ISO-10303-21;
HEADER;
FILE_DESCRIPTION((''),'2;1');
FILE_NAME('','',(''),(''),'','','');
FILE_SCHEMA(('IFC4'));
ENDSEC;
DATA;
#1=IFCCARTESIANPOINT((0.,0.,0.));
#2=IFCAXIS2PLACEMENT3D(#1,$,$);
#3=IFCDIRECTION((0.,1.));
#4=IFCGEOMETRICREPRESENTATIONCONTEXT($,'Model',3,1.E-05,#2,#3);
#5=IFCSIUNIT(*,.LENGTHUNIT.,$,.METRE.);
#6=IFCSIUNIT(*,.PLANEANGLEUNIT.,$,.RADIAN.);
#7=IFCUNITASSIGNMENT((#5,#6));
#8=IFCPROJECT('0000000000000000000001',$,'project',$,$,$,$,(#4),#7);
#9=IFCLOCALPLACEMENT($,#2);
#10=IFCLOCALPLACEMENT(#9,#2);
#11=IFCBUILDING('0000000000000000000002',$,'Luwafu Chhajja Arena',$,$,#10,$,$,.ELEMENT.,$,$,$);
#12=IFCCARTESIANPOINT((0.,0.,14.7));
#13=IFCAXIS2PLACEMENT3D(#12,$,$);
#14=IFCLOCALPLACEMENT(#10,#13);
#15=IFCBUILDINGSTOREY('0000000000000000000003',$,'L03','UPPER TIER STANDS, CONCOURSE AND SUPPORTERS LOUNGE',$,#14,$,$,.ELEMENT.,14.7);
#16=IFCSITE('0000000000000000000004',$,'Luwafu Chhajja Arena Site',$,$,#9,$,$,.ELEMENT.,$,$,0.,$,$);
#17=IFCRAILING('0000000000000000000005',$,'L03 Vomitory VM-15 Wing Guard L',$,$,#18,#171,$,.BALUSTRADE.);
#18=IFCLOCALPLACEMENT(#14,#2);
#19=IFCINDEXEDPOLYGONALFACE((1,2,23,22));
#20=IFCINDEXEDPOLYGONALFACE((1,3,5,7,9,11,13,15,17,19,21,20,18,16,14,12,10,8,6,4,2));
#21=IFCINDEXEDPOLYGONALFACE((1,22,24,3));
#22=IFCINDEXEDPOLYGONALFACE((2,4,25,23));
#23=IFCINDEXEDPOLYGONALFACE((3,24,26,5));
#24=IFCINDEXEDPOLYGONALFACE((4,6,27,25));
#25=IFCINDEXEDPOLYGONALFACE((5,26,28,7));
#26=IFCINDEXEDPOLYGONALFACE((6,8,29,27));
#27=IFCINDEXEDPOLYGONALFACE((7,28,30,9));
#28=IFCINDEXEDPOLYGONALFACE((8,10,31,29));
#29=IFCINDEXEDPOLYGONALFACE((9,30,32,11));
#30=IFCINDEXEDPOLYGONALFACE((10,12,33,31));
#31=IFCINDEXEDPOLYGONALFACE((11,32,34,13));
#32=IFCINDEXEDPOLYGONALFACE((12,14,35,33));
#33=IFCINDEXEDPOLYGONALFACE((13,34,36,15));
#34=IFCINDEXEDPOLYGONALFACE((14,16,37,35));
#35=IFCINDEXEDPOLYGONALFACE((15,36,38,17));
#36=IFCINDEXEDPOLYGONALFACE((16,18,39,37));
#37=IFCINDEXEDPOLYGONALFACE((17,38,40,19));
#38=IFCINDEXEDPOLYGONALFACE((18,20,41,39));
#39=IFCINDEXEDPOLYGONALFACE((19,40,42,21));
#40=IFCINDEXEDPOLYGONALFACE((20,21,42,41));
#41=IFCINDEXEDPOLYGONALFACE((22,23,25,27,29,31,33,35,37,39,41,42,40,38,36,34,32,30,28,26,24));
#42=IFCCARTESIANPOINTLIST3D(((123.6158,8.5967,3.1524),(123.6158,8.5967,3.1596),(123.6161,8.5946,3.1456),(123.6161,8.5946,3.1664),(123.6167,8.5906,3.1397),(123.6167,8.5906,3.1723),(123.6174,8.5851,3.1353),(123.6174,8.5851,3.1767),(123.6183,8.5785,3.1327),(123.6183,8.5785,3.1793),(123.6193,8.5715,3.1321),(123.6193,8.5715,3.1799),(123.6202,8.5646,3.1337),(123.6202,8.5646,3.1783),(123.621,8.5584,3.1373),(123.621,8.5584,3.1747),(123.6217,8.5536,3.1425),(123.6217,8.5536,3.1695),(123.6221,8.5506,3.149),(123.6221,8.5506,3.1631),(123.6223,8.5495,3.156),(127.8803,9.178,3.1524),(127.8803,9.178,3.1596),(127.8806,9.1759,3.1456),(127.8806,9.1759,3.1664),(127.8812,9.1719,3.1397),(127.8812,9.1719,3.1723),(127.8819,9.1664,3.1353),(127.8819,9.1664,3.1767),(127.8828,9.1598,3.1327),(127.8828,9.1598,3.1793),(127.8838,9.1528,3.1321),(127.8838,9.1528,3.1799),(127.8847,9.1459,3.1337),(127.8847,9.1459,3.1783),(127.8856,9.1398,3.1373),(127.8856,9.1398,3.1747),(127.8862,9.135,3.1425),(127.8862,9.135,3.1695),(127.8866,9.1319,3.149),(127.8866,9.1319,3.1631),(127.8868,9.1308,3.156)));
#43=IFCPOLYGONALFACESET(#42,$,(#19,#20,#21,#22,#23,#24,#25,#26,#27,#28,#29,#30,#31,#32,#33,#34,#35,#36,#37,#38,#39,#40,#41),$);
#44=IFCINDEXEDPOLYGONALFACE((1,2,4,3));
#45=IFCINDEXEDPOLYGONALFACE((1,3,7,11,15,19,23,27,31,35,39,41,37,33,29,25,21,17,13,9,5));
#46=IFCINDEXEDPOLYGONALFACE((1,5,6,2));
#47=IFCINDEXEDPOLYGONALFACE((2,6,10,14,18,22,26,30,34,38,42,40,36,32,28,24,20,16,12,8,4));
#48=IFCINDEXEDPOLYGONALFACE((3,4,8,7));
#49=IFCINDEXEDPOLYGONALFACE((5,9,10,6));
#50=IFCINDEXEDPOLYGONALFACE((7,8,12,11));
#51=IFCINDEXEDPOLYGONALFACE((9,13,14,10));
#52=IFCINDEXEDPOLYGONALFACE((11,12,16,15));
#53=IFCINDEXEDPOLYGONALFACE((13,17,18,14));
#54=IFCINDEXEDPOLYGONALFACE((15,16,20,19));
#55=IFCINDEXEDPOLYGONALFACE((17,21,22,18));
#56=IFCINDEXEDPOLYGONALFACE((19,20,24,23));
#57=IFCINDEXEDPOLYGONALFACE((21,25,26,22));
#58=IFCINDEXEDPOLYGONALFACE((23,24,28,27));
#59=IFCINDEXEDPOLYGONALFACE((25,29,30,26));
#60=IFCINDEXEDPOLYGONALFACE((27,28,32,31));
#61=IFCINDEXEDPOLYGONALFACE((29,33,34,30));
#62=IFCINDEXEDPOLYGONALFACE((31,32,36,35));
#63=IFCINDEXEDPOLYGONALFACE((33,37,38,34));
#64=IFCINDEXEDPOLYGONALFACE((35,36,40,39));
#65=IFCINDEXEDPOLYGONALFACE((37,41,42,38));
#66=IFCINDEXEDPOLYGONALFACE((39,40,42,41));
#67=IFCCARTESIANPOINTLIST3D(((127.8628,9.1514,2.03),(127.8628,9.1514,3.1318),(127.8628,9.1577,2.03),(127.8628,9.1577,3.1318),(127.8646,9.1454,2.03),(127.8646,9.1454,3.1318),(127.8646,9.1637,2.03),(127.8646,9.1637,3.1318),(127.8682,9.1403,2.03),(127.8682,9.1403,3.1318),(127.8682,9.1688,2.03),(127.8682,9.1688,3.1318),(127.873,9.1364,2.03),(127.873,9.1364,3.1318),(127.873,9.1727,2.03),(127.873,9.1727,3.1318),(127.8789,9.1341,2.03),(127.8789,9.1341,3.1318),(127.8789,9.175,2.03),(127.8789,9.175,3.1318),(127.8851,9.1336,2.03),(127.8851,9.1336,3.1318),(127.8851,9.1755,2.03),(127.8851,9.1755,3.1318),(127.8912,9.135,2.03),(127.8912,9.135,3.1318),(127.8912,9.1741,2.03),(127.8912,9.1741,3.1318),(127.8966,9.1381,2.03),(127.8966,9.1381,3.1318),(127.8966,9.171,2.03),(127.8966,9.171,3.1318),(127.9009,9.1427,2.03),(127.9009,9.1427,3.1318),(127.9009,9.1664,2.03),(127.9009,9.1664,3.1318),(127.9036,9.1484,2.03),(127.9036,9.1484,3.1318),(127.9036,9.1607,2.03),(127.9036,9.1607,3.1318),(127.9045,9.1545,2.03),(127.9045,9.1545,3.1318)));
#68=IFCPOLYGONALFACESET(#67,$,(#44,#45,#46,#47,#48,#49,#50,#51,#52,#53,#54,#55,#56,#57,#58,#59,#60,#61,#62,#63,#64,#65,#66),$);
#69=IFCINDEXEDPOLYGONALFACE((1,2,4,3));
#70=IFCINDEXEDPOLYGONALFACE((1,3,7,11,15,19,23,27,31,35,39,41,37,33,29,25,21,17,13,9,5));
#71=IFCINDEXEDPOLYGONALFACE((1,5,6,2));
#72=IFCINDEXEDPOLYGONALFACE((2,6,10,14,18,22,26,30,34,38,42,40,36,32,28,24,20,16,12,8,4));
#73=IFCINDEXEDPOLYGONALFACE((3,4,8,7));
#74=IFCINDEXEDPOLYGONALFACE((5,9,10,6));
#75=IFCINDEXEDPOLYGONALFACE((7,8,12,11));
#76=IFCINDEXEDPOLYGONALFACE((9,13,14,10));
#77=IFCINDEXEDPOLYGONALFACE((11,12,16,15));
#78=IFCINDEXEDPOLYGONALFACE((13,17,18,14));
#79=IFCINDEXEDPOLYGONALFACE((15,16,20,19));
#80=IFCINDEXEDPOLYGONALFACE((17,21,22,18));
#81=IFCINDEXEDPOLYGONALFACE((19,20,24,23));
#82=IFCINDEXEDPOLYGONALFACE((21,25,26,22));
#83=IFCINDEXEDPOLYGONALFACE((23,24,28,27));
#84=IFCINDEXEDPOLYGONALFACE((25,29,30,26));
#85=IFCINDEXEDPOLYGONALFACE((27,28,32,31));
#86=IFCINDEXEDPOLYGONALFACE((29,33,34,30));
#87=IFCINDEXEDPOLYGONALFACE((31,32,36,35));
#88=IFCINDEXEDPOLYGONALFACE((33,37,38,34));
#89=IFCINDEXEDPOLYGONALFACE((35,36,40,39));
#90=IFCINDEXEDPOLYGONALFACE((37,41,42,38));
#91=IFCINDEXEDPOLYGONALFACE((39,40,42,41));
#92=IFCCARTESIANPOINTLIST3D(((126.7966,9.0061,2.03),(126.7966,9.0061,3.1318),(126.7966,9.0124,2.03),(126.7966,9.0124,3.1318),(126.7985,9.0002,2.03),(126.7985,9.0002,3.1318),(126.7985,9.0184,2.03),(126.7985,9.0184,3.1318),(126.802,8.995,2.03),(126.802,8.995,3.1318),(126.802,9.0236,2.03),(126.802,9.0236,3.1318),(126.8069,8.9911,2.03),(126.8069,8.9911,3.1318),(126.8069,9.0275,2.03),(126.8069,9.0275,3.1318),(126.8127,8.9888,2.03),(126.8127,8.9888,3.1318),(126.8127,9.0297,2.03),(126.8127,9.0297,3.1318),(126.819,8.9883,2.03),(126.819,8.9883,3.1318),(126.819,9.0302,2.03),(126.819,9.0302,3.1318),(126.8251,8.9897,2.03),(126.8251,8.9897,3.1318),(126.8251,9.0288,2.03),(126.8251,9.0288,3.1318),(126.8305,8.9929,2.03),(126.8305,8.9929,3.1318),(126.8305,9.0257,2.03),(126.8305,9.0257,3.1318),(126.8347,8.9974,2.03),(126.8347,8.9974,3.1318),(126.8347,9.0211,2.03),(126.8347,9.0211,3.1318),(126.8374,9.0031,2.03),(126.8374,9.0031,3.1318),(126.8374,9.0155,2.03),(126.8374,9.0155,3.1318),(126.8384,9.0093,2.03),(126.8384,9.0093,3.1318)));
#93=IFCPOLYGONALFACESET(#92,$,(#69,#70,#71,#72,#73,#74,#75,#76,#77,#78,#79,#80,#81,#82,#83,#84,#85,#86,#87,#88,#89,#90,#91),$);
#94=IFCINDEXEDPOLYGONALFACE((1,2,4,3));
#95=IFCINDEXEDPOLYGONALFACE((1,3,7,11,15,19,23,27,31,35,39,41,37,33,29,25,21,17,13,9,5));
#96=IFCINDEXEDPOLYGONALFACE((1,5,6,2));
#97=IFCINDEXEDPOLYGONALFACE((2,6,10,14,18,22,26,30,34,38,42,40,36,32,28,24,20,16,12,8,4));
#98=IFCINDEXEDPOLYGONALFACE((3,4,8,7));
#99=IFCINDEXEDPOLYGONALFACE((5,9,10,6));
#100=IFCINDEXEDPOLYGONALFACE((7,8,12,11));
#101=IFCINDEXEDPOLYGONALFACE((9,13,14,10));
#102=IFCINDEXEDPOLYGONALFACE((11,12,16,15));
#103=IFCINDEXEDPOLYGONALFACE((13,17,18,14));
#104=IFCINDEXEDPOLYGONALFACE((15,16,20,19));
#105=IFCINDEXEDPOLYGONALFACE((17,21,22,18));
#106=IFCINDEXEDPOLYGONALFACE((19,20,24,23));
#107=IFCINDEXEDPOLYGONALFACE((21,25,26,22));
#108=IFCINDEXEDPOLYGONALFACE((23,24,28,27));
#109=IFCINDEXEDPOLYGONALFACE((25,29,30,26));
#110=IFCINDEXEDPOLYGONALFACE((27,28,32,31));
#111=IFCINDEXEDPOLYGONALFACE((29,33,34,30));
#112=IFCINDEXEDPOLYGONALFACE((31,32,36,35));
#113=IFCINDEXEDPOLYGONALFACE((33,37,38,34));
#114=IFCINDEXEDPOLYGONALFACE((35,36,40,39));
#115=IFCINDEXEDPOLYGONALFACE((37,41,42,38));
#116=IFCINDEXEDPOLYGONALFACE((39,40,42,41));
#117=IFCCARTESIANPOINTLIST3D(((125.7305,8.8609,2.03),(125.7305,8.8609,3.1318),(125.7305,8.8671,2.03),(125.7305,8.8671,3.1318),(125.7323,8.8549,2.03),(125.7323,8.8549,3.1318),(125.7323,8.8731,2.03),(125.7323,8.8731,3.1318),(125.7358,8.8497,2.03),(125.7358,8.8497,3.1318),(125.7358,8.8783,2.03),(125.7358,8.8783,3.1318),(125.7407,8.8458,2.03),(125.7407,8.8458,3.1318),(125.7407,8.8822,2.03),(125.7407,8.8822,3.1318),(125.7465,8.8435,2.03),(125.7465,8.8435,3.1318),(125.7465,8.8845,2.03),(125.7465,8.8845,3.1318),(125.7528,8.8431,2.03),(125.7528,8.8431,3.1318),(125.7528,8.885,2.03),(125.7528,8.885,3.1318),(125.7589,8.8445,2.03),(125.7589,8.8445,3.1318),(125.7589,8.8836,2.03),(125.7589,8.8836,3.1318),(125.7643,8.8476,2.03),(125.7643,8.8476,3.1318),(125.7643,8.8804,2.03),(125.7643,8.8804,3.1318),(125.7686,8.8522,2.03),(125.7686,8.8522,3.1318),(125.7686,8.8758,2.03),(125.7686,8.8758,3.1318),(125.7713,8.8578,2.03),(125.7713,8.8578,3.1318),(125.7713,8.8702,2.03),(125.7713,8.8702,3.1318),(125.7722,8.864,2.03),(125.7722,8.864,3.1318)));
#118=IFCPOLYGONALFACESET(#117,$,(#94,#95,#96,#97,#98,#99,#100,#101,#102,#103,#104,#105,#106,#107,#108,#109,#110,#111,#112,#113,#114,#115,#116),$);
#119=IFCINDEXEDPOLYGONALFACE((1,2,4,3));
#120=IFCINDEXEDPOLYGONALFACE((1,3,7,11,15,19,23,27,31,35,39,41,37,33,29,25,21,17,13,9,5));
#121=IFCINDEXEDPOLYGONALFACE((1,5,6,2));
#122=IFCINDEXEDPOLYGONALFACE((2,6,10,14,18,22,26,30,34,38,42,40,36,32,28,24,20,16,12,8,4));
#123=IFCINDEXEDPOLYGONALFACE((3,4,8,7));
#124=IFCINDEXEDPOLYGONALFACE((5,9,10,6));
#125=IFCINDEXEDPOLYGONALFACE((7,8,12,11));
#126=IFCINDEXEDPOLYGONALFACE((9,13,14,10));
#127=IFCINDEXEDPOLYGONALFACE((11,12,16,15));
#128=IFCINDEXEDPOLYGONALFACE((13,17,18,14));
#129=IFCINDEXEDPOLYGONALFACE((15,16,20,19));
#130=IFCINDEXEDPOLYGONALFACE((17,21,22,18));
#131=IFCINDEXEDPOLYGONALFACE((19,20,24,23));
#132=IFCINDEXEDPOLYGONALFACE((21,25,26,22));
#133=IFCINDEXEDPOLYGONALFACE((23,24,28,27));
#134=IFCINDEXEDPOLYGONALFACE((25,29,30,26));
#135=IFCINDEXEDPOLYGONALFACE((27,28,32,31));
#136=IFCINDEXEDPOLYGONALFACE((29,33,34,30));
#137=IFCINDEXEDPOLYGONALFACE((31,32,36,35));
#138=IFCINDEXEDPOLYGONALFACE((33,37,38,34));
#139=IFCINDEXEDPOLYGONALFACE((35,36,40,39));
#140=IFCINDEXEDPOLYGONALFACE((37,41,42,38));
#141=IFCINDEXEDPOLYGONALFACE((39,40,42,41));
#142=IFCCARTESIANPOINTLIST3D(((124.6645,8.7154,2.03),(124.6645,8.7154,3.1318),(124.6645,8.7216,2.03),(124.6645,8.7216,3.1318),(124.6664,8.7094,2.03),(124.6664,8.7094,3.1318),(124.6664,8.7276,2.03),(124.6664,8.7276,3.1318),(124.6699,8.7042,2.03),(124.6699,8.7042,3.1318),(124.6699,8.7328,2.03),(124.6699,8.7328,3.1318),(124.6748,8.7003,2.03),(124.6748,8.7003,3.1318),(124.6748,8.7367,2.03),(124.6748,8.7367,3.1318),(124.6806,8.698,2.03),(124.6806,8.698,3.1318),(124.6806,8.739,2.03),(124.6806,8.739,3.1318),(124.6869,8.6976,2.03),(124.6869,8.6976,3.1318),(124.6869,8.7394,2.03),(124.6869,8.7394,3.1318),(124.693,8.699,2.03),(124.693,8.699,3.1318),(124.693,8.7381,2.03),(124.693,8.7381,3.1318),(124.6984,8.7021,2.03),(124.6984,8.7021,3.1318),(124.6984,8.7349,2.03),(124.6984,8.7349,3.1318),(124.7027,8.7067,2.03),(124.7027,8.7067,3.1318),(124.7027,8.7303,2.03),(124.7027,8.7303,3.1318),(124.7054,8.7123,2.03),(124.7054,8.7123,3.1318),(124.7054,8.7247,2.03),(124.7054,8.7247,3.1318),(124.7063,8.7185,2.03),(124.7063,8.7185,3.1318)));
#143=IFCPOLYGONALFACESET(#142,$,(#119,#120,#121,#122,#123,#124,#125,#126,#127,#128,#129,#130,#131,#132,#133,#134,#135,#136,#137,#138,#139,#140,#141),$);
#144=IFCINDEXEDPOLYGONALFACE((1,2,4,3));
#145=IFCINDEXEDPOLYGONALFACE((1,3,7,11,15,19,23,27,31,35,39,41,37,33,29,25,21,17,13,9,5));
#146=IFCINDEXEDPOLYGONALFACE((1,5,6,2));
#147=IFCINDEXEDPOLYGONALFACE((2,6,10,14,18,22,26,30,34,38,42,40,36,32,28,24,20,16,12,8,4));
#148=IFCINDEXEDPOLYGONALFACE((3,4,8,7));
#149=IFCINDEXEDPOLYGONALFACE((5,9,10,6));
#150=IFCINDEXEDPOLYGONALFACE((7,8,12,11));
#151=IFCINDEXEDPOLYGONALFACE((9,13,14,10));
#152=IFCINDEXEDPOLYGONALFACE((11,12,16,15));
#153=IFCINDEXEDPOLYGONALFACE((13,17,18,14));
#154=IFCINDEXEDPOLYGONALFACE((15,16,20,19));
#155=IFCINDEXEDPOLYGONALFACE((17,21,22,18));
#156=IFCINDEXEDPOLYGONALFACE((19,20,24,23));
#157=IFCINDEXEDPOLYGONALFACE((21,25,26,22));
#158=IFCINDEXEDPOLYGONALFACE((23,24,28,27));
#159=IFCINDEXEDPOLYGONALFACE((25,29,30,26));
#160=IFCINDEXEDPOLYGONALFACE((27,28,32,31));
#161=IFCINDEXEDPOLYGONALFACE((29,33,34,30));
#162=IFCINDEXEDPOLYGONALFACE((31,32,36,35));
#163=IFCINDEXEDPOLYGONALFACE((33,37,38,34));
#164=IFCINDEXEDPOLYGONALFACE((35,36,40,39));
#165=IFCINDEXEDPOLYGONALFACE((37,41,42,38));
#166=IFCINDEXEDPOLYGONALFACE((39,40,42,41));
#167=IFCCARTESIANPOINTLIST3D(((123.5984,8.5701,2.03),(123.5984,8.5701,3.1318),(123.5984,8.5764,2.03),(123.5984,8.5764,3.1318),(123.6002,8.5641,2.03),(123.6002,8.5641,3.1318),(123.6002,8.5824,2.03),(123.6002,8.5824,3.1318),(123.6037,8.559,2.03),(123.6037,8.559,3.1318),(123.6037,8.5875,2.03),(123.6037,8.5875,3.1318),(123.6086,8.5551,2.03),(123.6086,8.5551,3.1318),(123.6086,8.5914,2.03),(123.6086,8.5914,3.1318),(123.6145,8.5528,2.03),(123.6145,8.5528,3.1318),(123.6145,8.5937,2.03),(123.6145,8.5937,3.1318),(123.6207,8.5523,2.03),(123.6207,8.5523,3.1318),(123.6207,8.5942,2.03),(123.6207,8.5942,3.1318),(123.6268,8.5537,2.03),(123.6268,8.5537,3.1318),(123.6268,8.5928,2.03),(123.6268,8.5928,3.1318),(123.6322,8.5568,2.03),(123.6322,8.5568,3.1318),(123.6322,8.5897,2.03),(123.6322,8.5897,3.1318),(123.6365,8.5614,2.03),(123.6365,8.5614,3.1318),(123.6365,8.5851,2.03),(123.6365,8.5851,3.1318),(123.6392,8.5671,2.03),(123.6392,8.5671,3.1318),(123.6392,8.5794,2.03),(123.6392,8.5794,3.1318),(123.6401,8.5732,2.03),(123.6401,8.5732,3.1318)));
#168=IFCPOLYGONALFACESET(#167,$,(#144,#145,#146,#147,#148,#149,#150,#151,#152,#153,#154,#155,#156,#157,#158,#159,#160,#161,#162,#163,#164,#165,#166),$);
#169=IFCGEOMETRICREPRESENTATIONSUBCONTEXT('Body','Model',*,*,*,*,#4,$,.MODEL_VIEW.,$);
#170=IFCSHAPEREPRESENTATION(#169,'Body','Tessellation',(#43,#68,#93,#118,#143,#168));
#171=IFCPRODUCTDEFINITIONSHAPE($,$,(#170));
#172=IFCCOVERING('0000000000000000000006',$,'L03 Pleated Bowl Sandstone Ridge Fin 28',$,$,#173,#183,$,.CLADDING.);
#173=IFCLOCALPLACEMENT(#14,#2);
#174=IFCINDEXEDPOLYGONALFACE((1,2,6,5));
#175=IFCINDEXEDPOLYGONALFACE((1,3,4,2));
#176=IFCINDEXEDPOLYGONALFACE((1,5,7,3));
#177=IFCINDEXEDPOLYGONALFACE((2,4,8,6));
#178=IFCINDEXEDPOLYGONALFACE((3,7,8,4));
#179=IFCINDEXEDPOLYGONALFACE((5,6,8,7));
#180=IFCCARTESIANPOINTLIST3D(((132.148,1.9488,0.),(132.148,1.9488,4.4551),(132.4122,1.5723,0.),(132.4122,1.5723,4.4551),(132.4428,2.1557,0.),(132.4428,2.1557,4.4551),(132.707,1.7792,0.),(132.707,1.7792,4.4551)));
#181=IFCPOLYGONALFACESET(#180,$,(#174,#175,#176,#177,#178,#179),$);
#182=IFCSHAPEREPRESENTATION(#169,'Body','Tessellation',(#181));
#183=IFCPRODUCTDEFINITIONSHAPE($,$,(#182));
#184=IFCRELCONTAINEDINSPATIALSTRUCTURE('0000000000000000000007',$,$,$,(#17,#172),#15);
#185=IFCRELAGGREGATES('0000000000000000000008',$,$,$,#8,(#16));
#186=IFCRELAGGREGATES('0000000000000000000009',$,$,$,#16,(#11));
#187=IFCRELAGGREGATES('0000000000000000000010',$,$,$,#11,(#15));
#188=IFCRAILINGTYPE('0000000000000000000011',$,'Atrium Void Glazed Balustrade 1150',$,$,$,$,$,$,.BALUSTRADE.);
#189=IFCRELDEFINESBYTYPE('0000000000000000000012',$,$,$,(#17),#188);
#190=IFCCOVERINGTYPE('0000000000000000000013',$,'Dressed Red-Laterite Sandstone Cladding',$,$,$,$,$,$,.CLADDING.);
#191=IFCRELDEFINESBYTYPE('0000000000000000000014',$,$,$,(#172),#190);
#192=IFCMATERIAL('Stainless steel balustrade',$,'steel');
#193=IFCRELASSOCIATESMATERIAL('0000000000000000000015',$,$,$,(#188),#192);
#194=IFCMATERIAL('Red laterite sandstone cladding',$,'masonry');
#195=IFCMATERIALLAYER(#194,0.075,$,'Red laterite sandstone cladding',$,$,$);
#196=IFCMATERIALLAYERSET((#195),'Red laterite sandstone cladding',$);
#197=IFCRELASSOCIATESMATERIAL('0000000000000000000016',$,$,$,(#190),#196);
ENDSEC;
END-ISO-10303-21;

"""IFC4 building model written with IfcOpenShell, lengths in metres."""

from ifc_helpers import new_model, si_unit, direction, frame, origin, origin_2d, place, context, subcontext, project, spatial, rectangle, circle, extrude, material, layer, layer_set, type_object, element, save


model = new_model("IFC4")

# Units and contexts
model_context = context("Model", 3, precision=1e-05, world=origin(), true_north=direction((0.0, 1.0)))
body_context = subcontext(model_context, "Body", "Model", "MODEL_VIEW")
ifc_project = project(units=[si_unit("LENGTHUNIT", "METRE"), si_unit("PLANEANGLEUNIT", "RADIAN")], contexts=[model_context])

# Site, building, storey
site_placement = place(None, origin())
site = spatial("IfcSite", under=ifc_project, at=site_placement, Name="Luwafu Chhajja Arena Site", CompositionType="ELEMENT", RefElevation=0.0)
building_placement = place(site_placement, origin())
building = spatial("IfcBuilding", under=site, at=building_placement, Name="Luwafu Chhajja Arena", CompositionType="ELEMENT")
storey_placement = place(building_placement, frame((0.0, 0.0, 14.7)))
storey = spatial("IfcBuildingStorey", under=building, at=storey_placement, Name="L03", Description="UPPER TIER STANDS, CONCOURSE AND SUPPORTERS LOUNGE", CompositionType="ELEMENT", Elevation=14.7)

# Railing
ifc_material_1 = material(Name="Stainless steel balustrade", Category="steel")
railing_type_1 = type_object("IfcRailingType", Name="Atrium Void Glazed Balustrade 1150", PredefinedType="BALUSTRADE", material=ifc_material_1)
railing_1_placement = place(storey_placement, frame((127.8835, 9.1545, 2.03)))
element("IfcRailing", 1, at=railing_1_placement, inside=storey, type_object=railing_type_1, Name="L03 Vomitory VM-15 Wing Guard L", PredefinedType="BALUSTRADE", context=body_context, shape_type="SweptSolid", body=[
    extrude(circle(Radius=0.0239, at=origin_2d()), frame((0.0, 0.0, 1.126), z_axis=(-0.990837, -0.135065, 0.0), x_axis=(0.135065, -0.990837, 0.0)), (0.0, 0.0, 1.0), 4.304),
    extrude(circle(Radius=0.021, at=origin_2d()), origin(), (0.0, 0.0, 1.0), 1.1018),
    extrude(circle(Radius=0.021, at=origin_2d()), frame((-1.0662, -0.1453, 0.0)), (0.0, 0.0, 1.0), 1.1018),
    extrude(circle(Radius=0.021, at=origin_2d()), frame((-2.1323, -0.2905, 0.0)), (0.0, 0.0, 1.0), 1.1018),
    extrude(circle(Radius=0.021, at=origin_2d()), frame((-3.1982, -0.436, 0.0)), (0.0, 0.0, 1.0), 1.1018),
    extrude(circle(Radius=0.021, at=origin_2d()), frame((-4.2644, -0.5813, 0.0)), (0.0, 0.0, 1.0), 1.1018),
])

# Covering
ifc_material_2 = material(Name="Red laterite sandstone cladding", Category="masonry")
ifc_layer_1 = layer(ifc_material_2, 0.075, Name="Red laterite sandstone cladding")
ifc_layer_set_1 = layer_set([ifc_layer_1], Name="Red laterite sandstone cladding")
covering_type = type_object("IfcCoveringType", Name="Dressed Red-Laterite Sandstone Cladding", PredefinedType="CLADDING", material=ifc_layer_set_1)
covering_placement = place(storey_placement, frame((132.4275, 1.864, 0.0), z_axis=(0.0, 0.0, 1.0), x_axis=(0.574411, -0.818567, 0.0)))
element("IfcCovering", 2, at=covering_placement, inside=storey, type_object=covering_type, Name="L03 Pleated Bowl Sandstone Ridge Fin 28", PredefinedType="CLADDING", context=body_context, shape_type="SweptSolid", body=[
    extrude(rectangle(XDim=0.46, YDim=0.3601, at=origin_2d()), origin(), (0.0, 0.0, 1.0), 4.4551),
])

save(model, "model.ifc")
